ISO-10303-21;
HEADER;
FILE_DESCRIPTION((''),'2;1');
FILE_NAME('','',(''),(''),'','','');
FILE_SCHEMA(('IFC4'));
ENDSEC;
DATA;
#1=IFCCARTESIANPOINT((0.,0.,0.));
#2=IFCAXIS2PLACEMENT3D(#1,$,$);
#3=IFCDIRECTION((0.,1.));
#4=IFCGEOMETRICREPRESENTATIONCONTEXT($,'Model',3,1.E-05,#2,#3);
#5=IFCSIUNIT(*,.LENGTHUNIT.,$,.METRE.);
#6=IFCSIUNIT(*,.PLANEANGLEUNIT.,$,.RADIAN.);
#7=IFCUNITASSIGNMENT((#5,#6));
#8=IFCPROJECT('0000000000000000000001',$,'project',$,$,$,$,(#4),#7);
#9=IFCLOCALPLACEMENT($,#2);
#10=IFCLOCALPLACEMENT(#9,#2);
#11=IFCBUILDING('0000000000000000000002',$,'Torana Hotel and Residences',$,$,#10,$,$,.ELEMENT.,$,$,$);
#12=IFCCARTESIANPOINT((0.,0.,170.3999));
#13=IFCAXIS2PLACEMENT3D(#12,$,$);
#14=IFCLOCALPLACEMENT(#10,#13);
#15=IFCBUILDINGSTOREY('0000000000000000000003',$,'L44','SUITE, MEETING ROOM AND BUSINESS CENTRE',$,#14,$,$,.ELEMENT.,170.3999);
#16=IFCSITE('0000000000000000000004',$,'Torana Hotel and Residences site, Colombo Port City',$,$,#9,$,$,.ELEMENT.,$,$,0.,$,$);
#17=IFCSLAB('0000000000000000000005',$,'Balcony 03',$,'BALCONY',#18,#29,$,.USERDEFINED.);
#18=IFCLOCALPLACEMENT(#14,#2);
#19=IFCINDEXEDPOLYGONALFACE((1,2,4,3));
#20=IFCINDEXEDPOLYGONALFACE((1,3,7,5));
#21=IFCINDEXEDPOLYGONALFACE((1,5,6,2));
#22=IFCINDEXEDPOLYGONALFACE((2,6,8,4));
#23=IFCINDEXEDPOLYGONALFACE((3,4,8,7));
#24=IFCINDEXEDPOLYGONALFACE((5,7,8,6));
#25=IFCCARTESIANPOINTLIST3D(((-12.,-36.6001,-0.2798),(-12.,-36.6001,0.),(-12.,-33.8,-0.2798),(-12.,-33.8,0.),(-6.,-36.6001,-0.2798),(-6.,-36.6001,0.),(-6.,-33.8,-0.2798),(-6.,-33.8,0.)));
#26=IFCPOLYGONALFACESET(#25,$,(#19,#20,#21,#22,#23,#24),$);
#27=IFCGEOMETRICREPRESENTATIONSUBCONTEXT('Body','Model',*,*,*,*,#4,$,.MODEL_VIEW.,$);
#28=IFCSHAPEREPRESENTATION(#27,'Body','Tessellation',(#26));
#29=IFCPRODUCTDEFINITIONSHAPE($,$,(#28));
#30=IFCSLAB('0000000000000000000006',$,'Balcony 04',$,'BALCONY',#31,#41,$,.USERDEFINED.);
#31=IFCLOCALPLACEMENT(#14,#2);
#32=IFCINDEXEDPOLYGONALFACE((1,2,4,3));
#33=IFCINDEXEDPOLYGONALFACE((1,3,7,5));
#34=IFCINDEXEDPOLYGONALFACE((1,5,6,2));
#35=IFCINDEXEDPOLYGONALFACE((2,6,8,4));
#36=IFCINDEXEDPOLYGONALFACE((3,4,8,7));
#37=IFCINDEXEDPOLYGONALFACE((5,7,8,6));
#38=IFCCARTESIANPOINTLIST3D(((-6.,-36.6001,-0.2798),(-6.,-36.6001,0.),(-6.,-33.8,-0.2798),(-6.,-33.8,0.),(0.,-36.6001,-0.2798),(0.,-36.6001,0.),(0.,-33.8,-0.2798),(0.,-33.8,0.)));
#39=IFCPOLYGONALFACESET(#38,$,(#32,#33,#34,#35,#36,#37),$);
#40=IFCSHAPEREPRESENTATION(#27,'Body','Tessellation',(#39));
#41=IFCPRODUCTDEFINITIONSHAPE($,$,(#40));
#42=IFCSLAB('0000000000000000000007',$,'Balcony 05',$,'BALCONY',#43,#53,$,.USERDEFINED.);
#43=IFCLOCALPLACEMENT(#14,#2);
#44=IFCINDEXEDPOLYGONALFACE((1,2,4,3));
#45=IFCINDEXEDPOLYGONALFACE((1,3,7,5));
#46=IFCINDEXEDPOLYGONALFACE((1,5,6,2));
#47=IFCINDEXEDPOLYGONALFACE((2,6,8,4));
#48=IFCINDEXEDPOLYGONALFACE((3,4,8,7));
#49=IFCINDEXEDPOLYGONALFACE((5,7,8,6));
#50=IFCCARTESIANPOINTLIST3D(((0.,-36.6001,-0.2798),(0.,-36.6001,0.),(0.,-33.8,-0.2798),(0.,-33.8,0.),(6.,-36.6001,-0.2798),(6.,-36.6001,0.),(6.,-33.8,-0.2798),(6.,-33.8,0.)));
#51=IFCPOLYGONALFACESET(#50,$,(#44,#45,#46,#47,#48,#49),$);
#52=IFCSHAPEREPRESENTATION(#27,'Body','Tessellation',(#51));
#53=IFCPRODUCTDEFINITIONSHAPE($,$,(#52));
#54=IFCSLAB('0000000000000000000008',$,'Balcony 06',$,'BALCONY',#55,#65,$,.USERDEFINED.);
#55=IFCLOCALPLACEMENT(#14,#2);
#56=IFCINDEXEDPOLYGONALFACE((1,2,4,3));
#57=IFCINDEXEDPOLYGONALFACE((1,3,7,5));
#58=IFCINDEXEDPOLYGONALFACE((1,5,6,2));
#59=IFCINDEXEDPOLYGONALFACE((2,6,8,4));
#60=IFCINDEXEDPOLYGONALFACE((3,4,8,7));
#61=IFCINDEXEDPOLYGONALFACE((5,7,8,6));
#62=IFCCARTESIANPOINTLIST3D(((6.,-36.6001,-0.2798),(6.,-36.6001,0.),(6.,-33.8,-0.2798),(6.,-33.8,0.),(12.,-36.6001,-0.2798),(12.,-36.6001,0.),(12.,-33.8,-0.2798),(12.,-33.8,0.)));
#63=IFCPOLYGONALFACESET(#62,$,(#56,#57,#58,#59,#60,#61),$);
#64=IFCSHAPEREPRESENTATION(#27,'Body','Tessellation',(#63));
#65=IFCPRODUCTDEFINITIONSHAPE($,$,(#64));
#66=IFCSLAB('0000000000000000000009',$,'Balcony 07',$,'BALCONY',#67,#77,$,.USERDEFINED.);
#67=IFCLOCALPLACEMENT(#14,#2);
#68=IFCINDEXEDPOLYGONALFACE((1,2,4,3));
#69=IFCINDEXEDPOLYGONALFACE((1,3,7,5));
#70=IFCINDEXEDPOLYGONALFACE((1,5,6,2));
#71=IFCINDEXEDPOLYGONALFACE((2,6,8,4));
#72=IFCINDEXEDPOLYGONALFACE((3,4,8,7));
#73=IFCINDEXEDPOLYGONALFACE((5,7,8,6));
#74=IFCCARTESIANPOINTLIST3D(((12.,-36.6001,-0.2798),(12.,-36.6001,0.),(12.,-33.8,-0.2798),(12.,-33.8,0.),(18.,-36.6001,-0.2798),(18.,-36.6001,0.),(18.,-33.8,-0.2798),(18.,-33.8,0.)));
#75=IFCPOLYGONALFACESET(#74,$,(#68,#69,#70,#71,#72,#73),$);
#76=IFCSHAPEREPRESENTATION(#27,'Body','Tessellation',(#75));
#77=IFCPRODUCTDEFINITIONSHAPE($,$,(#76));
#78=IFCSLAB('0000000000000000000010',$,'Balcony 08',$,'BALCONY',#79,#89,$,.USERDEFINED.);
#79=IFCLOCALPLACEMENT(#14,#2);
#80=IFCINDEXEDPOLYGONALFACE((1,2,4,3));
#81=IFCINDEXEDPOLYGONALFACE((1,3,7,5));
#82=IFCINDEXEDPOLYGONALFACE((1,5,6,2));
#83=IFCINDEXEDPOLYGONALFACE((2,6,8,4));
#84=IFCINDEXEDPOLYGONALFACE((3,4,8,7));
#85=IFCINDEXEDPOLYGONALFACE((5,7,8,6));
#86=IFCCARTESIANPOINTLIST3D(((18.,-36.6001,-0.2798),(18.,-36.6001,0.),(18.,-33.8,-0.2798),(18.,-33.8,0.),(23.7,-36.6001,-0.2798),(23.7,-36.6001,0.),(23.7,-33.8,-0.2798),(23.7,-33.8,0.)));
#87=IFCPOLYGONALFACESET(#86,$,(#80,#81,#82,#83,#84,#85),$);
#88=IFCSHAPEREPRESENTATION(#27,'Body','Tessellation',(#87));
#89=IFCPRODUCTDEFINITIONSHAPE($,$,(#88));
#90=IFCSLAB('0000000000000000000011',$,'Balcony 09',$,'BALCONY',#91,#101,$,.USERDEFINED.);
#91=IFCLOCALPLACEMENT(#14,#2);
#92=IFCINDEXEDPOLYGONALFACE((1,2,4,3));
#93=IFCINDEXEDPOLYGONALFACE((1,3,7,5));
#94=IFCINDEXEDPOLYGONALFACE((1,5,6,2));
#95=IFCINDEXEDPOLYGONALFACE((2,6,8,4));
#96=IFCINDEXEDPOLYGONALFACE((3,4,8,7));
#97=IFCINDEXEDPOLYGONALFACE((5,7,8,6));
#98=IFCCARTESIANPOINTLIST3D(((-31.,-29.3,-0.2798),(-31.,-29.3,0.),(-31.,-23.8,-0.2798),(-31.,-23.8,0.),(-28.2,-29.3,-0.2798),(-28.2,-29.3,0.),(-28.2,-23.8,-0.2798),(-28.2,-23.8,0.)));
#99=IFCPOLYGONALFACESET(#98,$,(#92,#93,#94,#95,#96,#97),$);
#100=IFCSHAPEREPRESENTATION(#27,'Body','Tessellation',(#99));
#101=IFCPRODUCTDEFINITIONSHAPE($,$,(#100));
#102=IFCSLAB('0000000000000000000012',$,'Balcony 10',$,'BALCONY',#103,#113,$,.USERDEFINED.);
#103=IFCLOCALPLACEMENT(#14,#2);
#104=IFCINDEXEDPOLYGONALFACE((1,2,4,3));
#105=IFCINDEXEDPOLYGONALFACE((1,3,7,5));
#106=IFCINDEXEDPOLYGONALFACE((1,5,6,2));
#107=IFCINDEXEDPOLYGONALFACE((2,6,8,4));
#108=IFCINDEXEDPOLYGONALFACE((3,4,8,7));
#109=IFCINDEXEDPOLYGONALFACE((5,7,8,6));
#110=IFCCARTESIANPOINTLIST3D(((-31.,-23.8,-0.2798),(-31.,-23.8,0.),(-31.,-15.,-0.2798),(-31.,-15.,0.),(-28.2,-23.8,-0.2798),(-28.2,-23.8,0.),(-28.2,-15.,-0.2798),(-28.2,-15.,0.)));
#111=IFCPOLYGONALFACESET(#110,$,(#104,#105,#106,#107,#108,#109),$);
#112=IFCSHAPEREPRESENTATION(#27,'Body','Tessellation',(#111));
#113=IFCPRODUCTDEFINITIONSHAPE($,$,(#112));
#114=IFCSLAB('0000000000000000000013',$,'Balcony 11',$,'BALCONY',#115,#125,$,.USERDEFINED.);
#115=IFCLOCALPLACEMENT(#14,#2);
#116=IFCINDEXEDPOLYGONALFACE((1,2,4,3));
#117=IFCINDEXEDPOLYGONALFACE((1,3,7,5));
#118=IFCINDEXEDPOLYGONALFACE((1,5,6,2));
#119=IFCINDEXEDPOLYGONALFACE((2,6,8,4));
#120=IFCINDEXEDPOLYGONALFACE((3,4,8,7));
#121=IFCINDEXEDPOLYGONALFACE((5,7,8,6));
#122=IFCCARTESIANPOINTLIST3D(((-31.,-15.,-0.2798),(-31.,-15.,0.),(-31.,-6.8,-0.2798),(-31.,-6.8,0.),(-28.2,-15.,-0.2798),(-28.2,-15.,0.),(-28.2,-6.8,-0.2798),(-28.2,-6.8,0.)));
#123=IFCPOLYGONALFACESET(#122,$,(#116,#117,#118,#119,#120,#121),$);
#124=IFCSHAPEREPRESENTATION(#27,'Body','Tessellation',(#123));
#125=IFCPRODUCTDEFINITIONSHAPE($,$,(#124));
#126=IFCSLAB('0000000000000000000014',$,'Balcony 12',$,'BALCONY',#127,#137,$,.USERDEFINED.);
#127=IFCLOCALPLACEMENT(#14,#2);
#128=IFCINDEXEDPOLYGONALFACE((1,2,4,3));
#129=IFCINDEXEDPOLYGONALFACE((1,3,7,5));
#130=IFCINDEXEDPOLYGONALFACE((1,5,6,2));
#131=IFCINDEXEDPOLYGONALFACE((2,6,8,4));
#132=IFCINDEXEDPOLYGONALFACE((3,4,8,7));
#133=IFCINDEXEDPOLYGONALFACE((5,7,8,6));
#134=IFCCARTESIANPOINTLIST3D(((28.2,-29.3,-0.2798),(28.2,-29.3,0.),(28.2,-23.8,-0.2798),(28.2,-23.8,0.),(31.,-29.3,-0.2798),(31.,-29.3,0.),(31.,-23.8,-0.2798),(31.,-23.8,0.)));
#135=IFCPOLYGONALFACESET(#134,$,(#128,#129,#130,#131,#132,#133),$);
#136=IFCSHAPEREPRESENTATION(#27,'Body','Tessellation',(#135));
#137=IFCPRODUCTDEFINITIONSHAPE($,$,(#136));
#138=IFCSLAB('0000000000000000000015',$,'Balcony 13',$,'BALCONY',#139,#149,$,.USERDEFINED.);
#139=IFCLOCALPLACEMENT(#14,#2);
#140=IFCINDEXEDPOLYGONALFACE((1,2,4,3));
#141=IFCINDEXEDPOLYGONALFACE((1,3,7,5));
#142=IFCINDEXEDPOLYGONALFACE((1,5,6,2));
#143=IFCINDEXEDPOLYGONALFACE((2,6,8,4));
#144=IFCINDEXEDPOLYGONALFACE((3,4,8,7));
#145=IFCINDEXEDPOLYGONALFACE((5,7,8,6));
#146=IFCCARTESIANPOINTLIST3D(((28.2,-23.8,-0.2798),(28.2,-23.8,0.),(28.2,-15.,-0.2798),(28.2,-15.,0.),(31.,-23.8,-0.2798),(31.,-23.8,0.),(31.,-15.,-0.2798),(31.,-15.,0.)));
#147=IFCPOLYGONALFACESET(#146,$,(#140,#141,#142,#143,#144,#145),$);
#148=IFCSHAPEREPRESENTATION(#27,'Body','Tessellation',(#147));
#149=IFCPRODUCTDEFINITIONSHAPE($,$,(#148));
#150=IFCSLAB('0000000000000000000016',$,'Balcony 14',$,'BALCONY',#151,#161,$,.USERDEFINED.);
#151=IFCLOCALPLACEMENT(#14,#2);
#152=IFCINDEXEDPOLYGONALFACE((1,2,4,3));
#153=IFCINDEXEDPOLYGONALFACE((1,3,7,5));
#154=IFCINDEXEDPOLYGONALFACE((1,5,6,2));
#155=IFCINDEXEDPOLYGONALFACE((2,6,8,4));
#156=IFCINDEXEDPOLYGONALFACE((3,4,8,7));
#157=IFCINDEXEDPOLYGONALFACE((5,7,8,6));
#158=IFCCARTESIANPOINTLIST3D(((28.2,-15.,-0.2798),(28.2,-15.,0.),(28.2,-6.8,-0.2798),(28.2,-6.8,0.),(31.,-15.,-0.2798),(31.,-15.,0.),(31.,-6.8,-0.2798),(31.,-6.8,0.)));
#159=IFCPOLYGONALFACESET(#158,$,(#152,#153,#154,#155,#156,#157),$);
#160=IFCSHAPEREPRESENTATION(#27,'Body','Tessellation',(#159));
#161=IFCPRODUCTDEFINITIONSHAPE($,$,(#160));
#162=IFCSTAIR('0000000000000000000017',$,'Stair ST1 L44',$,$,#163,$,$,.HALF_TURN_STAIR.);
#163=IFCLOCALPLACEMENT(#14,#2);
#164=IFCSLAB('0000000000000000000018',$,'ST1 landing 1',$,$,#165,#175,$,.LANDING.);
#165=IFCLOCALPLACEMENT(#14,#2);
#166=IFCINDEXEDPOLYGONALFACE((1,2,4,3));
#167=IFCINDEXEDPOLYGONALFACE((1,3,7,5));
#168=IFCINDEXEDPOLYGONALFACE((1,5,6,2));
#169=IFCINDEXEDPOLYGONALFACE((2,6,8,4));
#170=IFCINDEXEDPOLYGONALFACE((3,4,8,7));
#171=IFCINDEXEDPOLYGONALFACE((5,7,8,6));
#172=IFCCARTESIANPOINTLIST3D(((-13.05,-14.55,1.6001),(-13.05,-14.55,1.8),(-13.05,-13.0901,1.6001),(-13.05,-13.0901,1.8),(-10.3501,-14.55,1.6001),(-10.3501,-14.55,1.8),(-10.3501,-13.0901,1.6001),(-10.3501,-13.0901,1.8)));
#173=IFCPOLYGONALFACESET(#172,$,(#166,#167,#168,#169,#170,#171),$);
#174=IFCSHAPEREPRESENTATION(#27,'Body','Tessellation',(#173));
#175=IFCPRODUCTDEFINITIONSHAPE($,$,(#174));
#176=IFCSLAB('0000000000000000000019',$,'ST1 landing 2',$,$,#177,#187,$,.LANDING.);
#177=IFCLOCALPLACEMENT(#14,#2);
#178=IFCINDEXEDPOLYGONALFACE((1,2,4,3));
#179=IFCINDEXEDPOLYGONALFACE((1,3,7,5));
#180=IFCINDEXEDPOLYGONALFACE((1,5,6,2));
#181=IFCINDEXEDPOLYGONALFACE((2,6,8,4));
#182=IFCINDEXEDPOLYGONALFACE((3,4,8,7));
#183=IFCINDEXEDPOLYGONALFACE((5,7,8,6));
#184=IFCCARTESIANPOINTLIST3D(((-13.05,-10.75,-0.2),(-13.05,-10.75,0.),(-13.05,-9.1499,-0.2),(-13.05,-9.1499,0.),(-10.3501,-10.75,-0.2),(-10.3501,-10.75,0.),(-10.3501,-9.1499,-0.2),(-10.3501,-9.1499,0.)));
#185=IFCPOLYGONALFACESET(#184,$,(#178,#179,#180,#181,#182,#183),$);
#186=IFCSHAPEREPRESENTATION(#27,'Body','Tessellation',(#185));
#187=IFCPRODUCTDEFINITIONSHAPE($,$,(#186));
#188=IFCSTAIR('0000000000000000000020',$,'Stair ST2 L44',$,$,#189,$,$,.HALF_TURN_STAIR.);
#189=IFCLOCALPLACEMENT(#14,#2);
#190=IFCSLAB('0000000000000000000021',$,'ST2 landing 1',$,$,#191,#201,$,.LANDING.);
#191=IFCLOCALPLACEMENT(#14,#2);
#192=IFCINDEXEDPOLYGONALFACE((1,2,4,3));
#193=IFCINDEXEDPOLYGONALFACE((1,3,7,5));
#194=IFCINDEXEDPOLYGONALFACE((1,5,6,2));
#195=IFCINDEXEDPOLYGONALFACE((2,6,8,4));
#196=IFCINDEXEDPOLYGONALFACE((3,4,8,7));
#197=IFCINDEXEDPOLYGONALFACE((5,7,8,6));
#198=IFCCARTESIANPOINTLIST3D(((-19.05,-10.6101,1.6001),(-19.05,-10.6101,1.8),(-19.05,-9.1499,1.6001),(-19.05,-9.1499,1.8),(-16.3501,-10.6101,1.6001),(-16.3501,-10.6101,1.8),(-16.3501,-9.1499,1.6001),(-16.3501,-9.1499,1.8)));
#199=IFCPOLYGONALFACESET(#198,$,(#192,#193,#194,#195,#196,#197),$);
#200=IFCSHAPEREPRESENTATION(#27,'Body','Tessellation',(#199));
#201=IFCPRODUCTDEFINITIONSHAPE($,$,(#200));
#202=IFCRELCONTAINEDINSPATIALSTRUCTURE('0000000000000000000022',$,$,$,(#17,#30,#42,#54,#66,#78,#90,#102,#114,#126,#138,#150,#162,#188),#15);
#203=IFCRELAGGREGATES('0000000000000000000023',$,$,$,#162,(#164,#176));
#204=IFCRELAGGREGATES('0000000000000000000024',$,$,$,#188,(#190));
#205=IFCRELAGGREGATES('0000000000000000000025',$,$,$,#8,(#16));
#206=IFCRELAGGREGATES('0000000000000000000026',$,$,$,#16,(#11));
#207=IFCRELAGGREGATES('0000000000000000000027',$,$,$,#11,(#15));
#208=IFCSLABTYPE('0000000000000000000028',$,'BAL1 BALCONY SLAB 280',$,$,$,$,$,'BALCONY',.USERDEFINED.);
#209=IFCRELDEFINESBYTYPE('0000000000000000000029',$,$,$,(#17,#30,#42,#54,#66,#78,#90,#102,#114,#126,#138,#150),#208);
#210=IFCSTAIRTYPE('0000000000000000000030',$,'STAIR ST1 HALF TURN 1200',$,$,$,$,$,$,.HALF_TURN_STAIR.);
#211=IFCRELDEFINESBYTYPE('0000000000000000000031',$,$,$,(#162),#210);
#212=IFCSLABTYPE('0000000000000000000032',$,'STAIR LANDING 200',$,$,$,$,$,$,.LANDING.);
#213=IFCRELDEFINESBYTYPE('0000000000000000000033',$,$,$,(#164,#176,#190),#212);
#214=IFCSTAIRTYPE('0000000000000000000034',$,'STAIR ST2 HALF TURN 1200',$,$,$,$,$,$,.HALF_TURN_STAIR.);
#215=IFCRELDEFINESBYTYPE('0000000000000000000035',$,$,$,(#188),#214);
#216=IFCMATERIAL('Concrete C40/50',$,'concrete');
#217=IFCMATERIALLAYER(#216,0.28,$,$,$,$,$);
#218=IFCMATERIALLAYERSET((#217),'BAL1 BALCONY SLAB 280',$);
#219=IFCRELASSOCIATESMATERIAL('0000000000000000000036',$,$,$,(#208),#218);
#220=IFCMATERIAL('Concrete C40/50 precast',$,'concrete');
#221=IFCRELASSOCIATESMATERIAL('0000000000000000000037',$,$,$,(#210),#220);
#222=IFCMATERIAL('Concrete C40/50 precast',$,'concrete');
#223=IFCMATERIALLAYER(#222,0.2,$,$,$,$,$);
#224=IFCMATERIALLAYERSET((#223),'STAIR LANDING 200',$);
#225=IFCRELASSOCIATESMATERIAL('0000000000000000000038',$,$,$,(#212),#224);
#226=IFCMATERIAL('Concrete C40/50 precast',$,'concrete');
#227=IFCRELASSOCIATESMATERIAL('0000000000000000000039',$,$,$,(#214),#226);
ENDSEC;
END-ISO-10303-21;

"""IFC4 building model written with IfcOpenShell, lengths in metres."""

from ifc_helpers import new_model, si_unit, direction, frame, origin, place, context, subcontext, project, spatial, polyline, outline, extrude, material, layer, layer_set, type_object, element, aggregate, save


model = new_model("IFC4")

# Units and contexts
model_context = context("Model", 3, precision=1e-05, world=origin(), true_north=direction((0.0, 1.0)))
body_context = subcontext(model_context, "Body", "Model", "MODEL_VIEW")
ifc_project = project(units=[si_unit("LENGTHUNIT", "METRE"), si_unit("PLANEANGLEUNIT", "RADIAN")], contexts=[model_context])

# Site, building, storey
site_placement = place(None, origin())
site = spatial("IfcSite", under=ifc_project, at=site_placement, Name="Torana Hotel and Residences site, Colombo Port City", CompositionType="ELEMENT", RefElevation=0.0)
building_placement = place(site_placement, origin())
building = spatial("IfcBuilding", under=site, at=building_placement, Name="Torana Hotel and Residences", CompositionType="ELEMENT")
storey_placement = place(building_placement, frame((0.0, 0.0, 170.3999)))
storey = spatial("IfcBuildingStorey", under=building, at=storey_placement, Name="L44", Description="SUITE, MEETING ROOM AND BUSINESS CENTRE", CompositionType="ELEMENT", Elevation=170.3999)

# Slabs
ifc_material_1 = material(Name="Concrete C40/50", Category="concrete")
ifc_layer_1 = layer(ifc_material_1, 0.28)
ifc_layer_set_1 = layer_set([ifc_layer_1], Name="BAL1 BALCONY SLAB 280")
slab_type_1 = type_object("IfcSlabType", Name="BAL1 BALCONY SLAB 280", ElementType="BALCONY", PredefinedType="USERDEFINED", material=ifc_layer_set_1)
slab_1_placement = place(storey_placement, frame((0.0, 0.0, -0.2798)))
element("IfcSlab", 1, at=slab_1_placement, inside=storey, type_object=slab_type_1, Name="Balcony 03", ObjectType="BALCONY", PredefinedType="USERDEFINED", context=body_context, shape_type="SweptSolid", body=[
    extrude(outline(polyline([(-12.0, -36.6001), (-6.0, -36.6001), (-6.0, -33.8), (-12.0, -33.8), (-12.0, -36.6001)])), origin(), (0.0, 0.0, 1.0), 0.2798),
])
slab_2_placement = place(storey_placement, frame((0.0, 0.0, -0.2798)))
element("IfcSlab", 2, at=slab_2_placement, inside=storey, type_object=slab_type_1, Name="Balcony 04", ObjectType="BALCONY", PredefinedType="USERDEFINED", context=body_context, shape_type="SweptSolid", body=[
    extrude(outline(polyline([(-6.0, -36.6001), (0.0, -36.6001), (0.0, -33.8), (-6.0, -33.8), (-6.0, -36.6001)])), origin(), (0.0, 0.0, 1.0), 0.2798),
])
slab_3_placement = place(storey_placement, frame((0.0, 0.0, -0.2798)))
element("IfcSlab", 3, at=slab_3_placement, inside=storey, type_object=slab_type_1, Name="Balcony 05", ObjectType="BALCONY", PredefinedType="USERDEFINED", context=body_context, shape_type="SweptSolid", body=[
    extrude(outline(polyline([(0.0, -36.6001), (6.0, -36.6001), (6.0, -33.8), (0.0, -33.8), (0.0, -36.6001)])), origin(), (0.0, 0.0, 1.0), 0.2798),
])
slab_4_placement = place(storey_placement, frame((0.0, 0.0, -0.2798)))
element("IfcSlab", 4, at=slab_4_placement, inside=storey, type_object=slab_type_1, Name="Balcony 06", ObjectType="BALCONY", PredefinedType="USERDEFINED", context=body_context, shape_type="SweptSolid", body=[
    extrude(outline(polyline([(6.0, -36.6001), (12.0, -36.6001), (12.0, -33.8), (6.0, -33.8), (6.0, -36.6001)])), origin(), (0.0, 0.0, 1.0), 0.2798),
])
slab_5_placement = place(storey_placement, frame((0.0, 0.0, -0.2798)))
element("IfcSlab", 5, at=slab_5_placement, inside=storey, type_object=slab_type_1, Name="Balcony 07", ObjectType="BALCONY", PredefinedType="USERDEFINED", context=body_context, shape_type="SweptSolid", body=[
    extrude(outline(polyline([(12.0, -36.6001), (18.0, -36.6001), (18.0, -33.8), (12.0, -33.8), (12.0, -36.6001)])), origin(), (0.0, 0.0, 1.0), 0.2798),
])
slab_6_placement = place(storey_placement, frame((0.0, 0.0, -0.2798)))
element("IfcSlab", 6, at=slab_6_placement, inside=storey, type_object=slab_type_1, Name="Balcony 08", ObjectType="BALCONY", PredefinedType="USERDEFINED", context=body_context, shape_type="SweptSolid", body=[
    extrude(outline(polyline([(18.0, -36.6001), (23.7, -36.6001), (23.7, -33.8), (18.0, -33.8), (18.0, -36.6001)])), origin(), (0.0, 0.0, 1.0), 0.2798),
])
slab_7_placement = place(storey_placement, frame((0.0, 0.0, -0.2798)))
element("IfcSlab", 7, at=slab_7_placement, inside=storey, type_object=slab_type_1, Name="Balcony 09", ObjectType="BALCONY", PredefinedType="USERDEFINED", context=body_context, shape_type="SweptSolid", body=[
    extrude(outline(polyline([(-31.0, -29.3), (-28.2, -29.3), (-28.2, -23.8), (-31.0, -23.8), (-31.0, -29.3)])), origin(), (0.0, 0.0, 1.0), 0.2798),
])
slab_8_placement = place(storey_placement, frame((0.0, 0.0, -0.2798)))
element("IfcSlab", 8, at=slab_8_placement, inside=storey, type_object=slab_type_1, Name="Balcony 10", ObjectType="BALCONY", PredefinedType="USERDEFINED", context=body_context, shape_type="SweptSolid", body=[
    extrude(outline(polyline([(-31.0, -23.8), (-28.2, -23.8), (-28.2, -15.0), (-31.0, -15.0), (-31.0, -23.8)])), origin(), (0.0, 0.0, 1.0), 0.2798),
])
slab_9_placement = place(storey_placement, frame((0.0, 0.0, -0.2798)))
element("IfcSlab", 9, at=slab_9_placement, inside=storey, type_object=slab_type_1, Name="Balcony 11", ObjectType="BALCONY", PredefinedType="USERDEFINED", context=body_context, shape_type="SweptSolid", body=[
    extrude(outline(polyline([(-31.0, -15.0), (-28.2, -15.0), (-28.2, -6.8), (-31.0, -6.8), (-31.0, -15.0)])), origin(), (0.0, 0.0, 1.0), 0.2798),
])
slab_10_placement = place(storey_placement, frame((0.0, 0.0, -0.2798)))
element("IfcSlab", 10, at=slab_10_placement, inside=storey, type_object=slab_type_1, Name="Balcony 12", ObjectType="BALCONY", PredefinedType="USERDEFINED", context=body_context, shape_type="SweptSolid", body=[
    extrude(outline(polyline([(28.2, -29.3), (31.0, -29.3), (31.0, -23.8), (28.2, -23.8), (28.2, -29.3)])), origin(), (0.0, 0.0, 1.0), 0.2798),
])
slab_11_placement = place(storey_placement, frame((0.0, 0.0, -0.2798)))
element("IfcSlab", 11, at=slab_11_placement, inside=storey, type_object=slab_type_1, Name="Balcony 13", ObjectType="BALCONY", PredefinedType="USERDEFINED", context=body_context, shape_type="SweptSolid", body=[
    extrude(outline(polyline([(28.2, -23.8), (31.0, -23.8), (31.0, -15.0), (28.2, -15.0), (28.2, -23.8)])), origin(), (0.0, 0.0, 1.0), 0.2798),
])
slab_12_placement = place(storey_placement, frame((0.0, 0.0, -0.2798)))
element("IfcSlab", 12, at=slab_12_placement, inside=storey, type_object=slab_type_1, Name="Balcony 14", ObjectType="BALCONY", PredefinedType="USERDEFINED", context=body_context, shape_type="SweptSolid", body=[
    extrude(outline(polyline([(28.2, -15.0), (31.0, -15.0), (31.0, -6.8), (28.2, -6.8), (28.2, -15.0)])), origin(), (0.0, 0.0, 1.0), 0.2798),
])

# Stairs, slabs
ifc_material_2 = material(Name="Concrete C40/50 precast", Category="concrete")
stair_type_1 = type_object("IfcStairType", Name="STAIR ST1 HALF TURN 1200", PredefinedType="HALF_TURN_STAIR", material=ifc_material_2)
stair_1_placement = place(storey_placement, origin())
stair_1 = element("IfcStair", 13, at=stair_1_placement, inside=storey, type_object=stair_type_1, Name="Stair ST1 L44", PredefinedType="HALF_TURN_STAIR")
ifc_material_3 = material(Name="Concrete C40/50 precast", Category="concrete")
ifc_layer_2 = layer(ifc_material_3, 0.2)
ifc_layer_set_2 = layer_set([ifc_layer_2], Name="STAIR LANDING 200")
slab_type_2 = type_object("IfcSlabType", Name="STAIR LANDING 200", PredefinedType="LANDING", material=ifc_layer_set_2)
slab_13_placement = place(storey_placement, frame((0.0, 0.0, 1.6001)))
slab_13 = element("IfcSlab", 14, at=slab_13_placement, type_object=slab_type_2, Name="ST1 landing 1", PredefinedType="LANDING", context=body_context, shape_type="SweptSolid", body=[
    extrude(outline(polyline([(-13.05, -14.55), (-10.3501, -14.55), (-10.3501, -13.0901), (-13.05, -13.0901), (-13.05, -14.55)])), origin(), (0.0, 0.0, 1.0), 0.2),
])
slab_14_placement = place(storey_placement, frame((0.0, 0.0, -0.2)))
slab_14 = element("IfcSlab", 15, at=slab_14_placement, type_object=slab_type_2, Name="ST1 landing 2", PredefinedType="LANDING", context=body_context, shape_type="SweptSolid", body=[
    extrude(outline(polyline([(-13.05, -10.75), (-10.3501, -10.75), (-10.3501, -9.1499), (-13.05, -9.1499), (-13.05, -10.75)])), origin(), (0.0, 0.0, 1.0), 0.2),
])
aggregate(stair_1, [slab_13, slab_14])
ifc_material_4 = material(Name="Concrete C40/50 precast", Category="concrete")
stair_type_2 = type_object("IfcStairType", Name="STAIR ST2 HALF TURN 1200", PredefinedType="HALF_TURN_STAIR", material=ifc_material_4)
stair_2_placement = place(storey_placement, origin())
stair_2 = element("IfcStair", 16, at=stair_2_placement, inside=storey, type_object=stair_type_2, Name="Stair ST2 L44", PredefinedType="HALF_TURN_STAIR")
slab_15_placement = place(storey_placement, frame((0.0, 0.0, 1.6001)))
slab_15 = element("IfcSlab", 17, at=slab_15_placement, type_object=slab_type_2, Name="ST2 landing 1", PredefinedType="LANDING", context=body_context, shape_type="SweptSolid", body=[
    extrude(outline(polyline([(-19.05, -10.6101), (-16.3501, -10.6101), (-16.3501, -9.1499), (-19.05, -9.1499), (-19.05, -10.6101)])), origin(), (0.0, 0.0, 1.0), 0.2),
])
aggregate(stair_2, [slab_15])

save(model, "model.ifc")
